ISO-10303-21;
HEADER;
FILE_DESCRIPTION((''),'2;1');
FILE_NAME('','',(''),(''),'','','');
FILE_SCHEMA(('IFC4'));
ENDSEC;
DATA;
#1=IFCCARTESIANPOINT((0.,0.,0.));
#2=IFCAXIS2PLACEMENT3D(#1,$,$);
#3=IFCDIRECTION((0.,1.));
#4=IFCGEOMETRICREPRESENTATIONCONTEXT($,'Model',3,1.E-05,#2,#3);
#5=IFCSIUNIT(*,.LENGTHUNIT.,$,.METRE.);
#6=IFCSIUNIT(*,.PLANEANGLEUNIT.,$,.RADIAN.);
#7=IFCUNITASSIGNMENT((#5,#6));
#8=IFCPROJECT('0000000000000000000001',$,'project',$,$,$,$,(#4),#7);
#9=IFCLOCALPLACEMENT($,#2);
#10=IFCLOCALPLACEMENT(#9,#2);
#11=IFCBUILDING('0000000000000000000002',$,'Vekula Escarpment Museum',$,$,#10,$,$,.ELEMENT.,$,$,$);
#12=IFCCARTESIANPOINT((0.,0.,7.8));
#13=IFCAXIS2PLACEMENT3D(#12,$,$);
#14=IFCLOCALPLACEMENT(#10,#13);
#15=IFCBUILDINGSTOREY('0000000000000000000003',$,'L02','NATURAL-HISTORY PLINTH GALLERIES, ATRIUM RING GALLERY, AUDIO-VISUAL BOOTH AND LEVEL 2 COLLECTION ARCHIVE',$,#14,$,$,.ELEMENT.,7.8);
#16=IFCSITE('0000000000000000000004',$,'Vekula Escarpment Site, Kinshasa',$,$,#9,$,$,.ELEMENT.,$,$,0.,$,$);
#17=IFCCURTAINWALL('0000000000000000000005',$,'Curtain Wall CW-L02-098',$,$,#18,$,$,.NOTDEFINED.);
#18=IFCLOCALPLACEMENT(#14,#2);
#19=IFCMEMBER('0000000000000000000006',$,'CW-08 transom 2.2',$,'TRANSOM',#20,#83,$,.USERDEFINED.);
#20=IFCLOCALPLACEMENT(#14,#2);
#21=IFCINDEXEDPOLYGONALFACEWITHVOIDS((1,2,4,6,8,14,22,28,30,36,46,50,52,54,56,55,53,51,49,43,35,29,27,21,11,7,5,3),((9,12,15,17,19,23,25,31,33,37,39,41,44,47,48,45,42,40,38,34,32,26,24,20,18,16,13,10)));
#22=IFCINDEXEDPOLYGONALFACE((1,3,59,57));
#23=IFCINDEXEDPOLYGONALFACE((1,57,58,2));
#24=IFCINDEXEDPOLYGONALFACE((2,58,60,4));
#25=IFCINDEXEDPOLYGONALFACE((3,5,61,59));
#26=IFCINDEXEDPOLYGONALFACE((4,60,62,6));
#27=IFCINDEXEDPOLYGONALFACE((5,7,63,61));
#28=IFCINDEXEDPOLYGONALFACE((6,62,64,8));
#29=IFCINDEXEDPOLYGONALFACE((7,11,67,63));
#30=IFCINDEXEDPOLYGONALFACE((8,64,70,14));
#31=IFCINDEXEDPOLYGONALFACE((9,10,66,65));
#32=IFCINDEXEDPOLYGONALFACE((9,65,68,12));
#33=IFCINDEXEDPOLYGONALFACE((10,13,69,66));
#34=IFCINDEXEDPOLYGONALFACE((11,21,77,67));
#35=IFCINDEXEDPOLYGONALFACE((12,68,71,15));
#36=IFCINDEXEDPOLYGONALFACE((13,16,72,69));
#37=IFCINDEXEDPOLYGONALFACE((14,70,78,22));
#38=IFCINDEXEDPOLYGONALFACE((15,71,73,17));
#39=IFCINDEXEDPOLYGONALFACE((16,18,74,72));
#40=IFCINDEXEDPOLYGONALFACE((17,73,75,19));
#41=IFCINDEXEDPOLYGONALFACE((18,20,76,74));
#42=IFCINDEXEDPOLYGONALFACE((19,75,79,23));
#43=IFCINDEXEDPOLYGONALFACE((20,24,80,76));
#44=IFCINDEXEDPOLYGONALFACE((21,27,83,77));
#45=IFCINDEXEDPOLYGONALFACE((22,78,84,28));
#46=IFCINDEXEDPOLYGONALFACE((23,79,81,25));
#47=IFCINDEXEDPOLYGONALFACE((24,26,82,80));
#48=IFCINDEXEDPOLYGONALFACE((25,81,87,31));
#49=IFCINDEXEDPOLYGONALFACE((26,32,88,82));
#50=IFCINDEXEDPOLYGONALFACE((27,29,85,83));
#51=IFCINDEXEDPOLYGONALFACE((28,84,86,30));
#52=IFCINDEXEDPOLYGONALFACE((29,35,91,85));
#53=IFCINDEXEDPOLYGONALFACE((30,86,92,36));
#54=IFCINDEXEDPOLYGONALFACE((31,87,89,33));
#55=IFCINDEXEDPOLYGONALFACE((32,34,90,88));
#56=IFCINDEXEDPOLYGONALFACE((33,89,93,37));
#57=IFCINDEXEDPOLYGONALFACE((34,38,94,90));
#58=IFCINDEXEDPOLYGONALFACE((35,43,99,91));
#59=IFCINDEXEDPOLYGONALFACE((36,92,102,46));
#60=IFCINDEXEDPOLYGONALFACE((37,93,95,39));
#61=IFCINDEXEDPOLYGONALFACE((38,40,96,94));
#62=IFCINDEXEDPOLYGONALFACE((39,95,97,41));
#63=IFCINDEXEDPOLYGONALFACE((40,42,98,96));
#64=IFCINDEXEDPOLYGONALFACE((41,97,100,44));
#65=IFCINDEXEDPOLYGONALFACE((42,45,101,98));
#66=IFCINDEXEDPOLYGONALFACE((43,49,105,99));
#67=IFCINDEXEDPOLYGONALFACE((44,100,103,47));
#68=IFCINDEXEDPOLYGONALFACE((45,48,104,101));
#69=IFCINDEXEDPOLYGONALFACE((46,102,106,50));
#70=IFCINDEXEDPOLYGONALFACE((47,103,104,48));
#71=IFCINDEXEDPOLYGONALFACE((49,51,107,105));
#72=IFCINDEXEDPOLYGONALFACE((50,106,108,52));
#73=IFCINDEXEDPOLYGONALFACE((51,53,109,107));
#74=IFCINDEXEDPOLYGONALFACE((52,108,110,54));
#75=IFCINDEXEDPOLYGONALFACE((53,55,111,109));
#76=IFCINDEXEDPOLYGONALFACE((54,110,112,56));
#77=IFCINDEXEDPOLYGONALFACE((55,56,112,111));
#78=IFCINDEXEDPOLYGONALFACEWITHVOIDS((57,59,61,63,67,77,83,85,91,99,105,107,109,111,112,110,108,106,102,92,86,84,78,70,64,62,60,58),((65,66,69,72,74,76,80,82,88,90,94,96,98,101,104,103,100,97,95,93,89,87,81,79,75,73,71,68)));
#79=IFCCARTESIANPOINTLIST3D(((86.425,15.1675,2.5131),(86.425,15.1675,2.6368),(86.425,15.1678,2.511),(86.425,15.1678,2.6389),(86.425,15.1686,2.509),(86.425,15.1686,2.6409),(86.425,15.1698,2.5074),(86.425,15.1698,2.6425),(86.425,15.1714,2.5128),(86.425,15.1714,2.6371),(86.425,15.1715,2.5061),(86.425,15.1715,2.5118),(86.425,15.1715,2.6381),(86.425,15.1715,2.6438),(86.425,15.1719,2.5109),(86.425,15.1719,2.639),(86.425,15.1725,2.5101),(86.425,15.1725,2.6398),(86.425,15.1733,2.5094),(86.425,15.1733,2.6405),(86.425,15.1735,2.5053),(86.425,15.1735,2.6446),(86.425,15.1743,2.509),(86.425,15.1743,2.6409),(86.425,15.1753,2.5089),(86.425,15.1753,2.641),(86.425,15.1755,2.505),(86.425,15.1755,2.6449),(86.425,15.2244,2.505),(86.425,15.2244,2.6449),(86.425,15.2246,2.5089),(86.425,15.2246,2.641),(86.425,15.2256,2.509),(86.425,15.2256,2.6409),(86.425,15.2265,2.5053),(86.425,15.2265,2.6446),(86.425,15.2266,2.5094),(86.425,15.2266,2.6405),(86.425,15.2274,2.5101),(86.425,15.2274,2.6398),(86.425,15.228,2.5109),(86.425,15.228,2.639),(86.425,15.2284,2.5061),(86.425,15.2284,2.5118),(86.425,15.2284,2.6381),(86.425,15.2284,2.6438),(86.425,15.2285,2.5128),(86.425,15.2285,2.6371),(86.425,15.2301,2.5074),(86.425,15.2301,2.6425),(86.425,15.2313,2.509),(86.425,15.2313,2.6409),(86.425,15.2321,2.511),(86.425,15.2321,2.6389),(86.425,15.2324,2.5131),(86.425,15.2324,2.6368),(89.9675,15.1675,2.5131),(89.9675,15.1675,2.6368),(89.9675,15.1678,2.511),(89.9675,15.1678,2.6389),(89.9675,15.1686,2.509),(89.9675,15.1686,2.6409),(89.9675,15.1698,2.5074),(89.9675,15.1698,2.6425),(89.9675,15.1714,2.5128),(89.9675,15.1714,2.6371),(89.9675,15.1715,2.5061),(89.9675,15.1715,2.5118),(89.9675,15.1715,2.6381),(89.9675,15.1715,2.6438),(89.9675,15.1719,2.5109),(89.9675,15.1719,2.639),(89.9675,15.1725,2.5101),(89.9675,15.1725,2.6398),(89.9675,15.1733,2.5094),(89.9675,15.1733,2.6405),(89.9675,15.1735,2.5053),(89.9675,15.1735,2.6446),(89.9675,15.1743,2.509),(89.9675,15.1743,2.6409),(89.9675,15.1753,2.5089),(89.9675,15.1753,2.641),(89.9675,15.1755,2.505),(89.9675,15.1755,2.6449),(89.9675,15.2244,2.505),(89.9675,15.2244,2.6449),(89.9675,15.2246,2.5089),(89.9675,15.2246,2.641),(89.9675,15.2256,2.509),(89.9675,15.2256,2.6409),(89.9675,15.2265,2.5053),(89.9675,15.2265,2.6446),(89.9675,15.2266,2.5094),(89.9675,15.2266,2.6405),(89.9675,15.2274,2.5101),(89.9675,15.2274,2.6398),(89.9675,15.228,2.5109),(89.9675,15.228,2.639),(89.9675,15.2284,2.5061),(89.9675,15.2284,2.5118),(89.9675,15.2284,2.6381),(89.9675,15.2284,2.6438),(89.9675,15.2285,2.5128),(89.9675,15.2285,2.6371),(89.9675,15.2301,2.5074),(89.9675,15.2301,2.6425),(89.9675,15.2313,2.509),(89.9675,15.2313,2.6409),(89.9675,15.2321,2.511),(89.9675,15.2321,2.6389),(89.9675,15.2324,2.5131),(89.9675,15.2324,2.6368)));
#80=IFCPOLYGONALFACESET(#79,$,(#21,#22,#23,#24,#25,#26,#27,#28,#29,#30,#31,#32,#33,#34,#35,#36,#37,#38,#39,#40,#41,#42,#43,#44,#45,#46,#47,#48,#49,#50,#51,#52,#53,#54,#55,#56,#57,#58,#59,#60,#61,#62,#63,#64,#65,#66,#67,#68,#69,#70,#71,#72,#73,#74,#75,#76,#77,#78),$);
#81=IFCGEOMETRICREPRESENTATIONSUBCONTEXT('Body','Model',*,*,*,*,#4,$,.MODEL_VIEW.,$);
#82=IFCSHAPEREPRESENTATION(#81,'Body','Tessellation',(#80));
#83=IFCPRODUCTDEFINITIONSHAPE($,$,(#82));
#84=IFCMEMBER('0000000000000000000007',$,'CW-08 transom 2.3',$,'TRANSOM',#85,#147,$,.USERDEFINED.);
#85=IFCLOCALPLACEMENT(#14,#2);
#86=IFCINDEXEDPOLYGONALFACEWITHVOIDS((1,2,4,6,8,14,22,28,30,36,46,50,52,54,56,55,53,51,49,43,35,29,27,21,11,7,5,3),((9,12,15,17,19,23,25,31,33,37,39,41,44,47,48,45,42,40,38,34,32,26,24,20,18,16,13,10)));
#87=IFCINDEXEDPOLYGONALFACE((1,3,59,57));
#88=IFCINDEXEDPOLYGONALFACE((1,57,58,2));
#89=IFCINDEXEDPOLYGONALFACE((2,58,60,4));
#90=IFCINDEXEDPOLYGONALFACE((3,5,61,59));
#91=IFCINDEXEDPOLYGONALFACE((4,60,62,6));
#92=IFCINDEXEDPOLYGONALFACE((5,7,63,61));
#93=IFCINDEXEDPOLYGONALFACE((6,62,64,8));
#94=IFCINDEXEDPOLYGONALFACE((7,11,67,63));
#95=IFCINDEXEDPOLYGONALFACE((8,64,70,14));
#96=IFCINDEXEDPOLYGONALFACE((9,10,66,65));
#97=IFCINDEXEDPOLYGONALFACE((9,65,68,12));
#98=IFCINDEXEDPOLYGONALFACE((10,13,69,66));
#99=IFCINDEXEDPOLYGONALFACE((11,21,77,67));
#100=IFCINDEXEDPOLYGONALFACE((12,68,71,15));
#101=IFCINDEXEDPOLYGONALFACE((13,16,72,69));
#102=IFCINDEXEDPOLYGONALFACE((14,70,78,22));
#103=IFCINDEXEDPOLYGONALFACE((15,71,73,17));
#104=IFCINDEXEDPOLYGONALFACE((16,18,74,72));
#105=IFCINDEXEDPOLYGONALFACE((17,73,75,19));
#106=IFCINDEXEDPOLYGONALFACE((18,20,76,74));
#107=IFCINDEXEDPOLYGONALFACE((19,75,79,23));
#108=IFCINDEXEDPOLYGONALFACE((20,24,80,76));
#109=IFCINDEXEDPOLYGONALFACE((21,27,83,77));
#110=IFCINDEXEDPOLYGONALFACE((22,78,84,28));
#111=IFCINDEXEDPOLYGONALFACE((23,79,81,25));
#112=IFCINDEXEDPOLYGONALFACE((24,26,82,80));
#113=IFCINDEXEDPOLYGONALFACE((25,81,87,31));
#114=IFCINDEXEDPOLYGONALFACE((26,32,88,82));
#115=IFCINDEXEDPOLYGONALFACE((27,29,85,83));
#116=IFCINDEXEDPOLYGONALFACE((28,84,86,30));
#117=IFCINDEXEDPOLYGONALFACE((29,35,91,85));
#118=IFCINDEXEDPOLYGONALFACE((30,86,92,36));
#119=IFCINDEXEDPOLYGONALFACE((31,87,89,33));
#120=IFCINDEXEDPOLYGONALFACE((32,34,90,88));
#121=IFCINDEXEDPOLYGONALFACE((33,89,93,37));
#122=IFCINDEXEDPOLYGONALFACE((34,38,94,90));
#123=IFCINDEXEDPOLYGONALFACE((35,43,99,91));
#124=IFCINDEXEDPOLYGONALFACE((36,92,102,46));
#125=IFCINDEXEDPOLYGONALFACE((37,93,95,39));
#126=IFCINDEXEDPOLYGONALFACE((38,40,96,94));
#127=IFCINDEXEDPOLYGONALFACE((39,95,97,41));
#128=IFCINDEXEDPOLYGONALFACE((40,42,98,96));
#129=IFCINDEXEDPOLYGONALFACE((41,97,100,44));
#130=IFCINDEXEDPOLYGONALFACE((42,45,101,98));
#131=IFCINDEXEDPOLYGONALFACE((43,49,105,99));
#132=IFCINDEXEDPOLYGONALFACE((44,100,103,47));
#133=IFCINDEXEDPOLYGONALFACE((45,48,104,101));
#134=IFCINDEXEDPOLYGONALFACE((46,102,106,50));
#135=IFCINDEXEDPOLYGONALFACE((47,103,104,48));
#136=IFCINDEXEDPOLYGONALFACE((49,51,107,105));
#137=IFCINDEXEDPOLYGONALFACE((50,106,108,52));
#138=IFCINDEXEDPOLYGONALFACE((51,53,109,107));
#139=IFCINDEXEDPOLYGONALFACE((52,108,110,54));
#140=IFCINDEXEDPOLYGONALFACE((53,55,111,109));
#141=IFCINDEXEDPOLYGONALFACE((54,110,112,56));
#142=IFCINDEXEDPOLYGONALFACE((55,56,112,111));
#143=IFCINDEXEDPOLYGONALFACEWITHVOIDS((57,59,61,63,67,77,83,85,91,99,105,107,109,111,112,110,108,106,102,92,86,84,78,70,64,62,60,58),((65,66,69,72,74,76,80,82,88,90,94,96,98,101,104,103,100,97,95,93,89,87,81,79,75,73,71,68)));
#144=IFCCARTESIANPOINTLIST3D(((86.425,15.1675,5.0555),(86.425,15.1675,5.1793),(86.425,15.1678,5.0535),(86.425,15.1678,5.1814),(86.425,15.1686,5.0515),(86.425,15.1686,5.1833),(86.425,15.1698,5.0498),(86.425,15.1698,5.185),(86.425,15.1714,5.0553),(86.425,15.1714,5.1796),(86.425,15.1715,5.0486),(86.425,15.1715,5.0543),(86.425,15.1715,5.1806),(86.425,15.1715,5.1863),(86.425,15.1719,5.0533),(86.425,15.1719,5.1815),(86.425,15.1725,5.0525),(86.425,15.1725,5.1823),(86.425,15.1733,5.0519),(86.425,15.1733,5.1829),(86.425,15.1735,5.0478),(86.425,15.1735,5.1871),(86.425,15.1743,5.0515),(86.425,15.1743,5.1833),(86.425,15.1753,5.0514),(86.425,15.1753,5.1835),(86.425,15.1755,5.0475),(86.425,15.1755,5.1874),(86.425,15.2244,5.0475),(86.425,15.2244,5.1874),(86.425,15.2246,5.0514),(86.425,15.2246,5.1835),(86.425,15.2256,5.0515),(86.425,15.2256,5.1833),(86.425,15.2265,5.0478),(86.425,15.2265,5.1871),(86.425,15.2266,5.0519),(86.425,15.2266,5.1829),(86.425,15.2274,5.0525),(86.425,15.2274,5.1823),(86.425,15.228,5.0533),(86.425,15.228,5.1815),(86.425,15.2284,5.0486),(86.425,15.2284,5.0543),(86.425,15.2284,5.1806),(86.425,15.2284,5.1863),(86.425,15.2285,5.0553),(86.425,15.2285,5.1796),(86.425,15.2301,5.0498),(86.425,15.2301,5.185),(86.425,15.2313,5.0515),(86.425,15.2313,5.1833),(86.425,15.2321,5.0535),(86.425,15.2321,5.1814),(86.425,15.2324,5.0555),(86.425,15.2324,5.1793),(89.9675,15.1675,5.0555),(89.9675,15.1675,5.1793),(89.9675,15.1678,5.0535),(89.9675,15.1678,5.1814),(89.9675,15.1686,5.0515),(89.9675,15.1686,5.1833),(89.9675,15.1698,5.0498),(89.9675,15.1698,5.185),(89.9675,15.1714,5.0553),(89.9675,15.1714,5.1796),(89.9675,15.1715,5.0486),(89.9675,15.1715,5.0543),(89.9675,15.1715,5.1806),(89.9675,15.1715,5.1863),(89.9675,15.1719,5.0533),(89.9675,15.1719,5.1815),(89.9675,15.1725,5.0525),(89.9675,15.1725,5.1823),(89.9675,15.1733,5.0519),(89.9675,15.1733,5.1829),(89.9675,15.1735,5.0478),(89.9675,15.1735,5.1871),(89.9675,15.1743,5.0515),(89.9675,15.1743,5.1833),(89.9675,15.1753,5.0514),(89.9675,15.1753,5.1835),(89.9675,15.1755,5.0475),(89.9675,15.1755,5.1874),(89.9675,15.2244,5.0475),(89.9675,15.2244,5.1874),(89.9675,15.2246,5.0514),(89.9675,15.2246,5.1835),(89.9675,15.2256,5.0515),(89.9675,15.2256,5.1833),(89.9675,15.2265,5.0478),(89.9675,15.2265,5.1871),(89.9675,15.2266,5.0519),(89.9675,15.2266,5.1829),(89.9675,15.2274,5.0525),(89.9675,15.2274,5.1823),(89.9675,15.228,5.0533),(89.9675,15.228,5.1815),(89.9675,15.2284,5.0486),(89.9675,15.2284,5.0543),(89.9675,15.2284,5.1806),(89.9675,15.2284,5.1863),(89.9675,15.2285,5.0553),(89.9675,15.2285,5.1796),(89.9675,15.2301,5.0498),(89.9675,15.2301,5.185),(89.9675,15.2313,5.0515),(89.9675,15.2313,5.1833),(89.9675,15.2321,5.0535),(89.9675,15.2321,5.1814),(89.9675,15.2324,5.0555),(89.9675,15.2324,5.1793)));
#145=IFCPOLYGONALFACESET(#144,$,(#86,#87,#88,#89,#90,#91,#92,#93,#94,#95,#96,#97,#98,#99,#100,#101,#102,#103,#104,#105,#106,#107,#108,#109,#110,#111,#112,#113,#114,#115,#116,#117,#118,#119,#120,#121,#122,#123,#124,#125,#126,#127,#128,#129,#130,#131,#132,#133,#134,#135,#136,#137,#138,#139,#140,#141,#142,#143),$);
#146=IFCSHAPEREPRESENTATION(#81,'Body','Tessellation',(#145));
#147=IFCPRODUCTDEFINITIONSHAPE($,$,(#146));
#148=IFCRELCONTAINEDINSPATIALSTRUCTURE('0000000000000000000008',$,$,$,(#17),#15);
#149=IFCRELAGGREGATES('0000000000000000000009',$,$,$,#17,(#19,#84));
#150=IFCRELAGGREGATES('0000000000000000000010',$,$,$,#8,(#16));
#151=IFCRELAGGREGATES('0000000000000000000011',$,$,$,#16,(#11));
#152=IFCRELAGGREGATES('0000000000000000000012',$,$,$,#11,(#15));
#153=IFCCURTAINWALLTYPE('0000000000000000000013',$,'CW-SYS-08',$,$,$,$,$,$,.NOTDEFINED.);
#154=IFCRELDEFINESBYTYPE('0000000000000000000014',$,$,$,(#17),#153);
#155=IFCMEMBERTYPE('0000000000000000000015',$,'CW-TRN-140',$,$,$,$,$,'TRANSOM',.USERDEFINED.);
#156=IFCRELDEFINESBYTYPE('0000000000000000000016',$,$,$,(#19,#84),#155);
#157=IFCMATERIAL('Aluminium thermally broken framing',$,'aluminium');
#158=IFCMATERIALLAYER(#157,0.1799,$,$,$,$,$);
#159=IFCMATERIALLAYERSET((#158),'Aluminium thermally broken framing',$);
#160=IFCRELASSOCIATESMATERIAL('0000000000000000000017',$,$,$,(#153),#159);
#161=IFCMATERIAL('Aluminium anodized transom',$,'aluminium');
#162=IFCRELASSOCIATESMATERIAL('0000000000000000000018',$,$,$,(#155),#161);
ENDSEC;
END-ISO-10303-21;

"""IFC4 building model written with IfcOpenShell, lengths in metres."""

from ifc_helpers import new_model, si_unit, direction, frame, origin, origin_2d, place, context, subcontext, project, spatial, hollow_rectangle, extrude, material, layer, layer_set, material_profile, profile_set, type_object, element, aggregate, save


model = new_model("IFC4")

# Units and contexts
model_context = context("Model", 3, precision=1e-05, world=origin(), true_north=direction((0.0, 1.0)))
body_context = subcontext(model_context, "Body", "Model", "MODEL_VIEW")
ifc_project = project(units=[si_unit("LENGTHUNIT", "METRE"), si_unit("PLANEANGLEUNIT", "RADIAN")], contexts=[model_context])

# Site, building, storey
site_placement = place(None, origin())
site = spatial("IfcSite", under=ifc_project, at=site_placement, Name="Vekula Escarpment Site, Kinshasa", CompositionType="ELEMENT", RefElevation=0.0)
building_placement = place(site_placement, origin())
building = spatial("IfcBuilding", under=site, at=building_placement, Name="Vekula Escarpment Museum", CompositionType="ELEMENT")
storey_placement = place(building_placement, frame((0.0, 0.0, 7.8)))
storey = spatial("IfcBuildingStorey", under=building, at=storey_placement, Name="L02", Description="NATURAL-HISTORY PLINTH GALLERIES, ATRIUM RING GALLERY, AUDIO-VISUAL BOOTH AND LEVEL 2 COLLECTION ARCHIVE", CompositionType="ELEMENT", Elevation=7.8)

# Curtain wall
ifc_material_1 = material(Name="Aluminium thermally broken framing", Category="aluminium")
ifc_layer_1 = layer(ifc_material_1, 0.1799)
ifc_layer_set_1 = layer_set([ifc_layer_1], Name="Aluminium thermally broken framing")
curtain_wall_type_1 = type_object("IfcCurtainWallType", Name="CW-SYS-08", PredefinedType="NOTDEFINED", material=ifc_layer_set_1)
curtain_wall_1_placement = place(storey_placement, origin())
curtain_wall_1 = element("IfcCurtainWall", 1, at=curtain_wall_1_placement, inside=storey, type_object=curtain_wall_type_1, Name="Curtain Wall CW-L02-098", PredefinedType="NOTDEFINED")

# Members
ifc_material_2 = material(Name="Aluminium anodized transom", Category="aluminium")
ifc_material_profile_1 = material_profile(ifc_material_2, hollow_rectangle(XDim=0.0649, YDim=0.1399, WallThickness=0.0039, InnerFilletRadius=0.0039, OuterFilletRadius=0.0081, at=origin_2d()), Name="ALU 140x65x4")
ifc_profile_set_1 = profile_set([ifc_material_profile_1], Name="Aluminium anodized transom")
member_type_1 = type_object("IfcMemberType", Name="CW-TRN-140", ElementType="TRANSOM", PredefinedType="USERDEFINED", material=ifc_profile_set_1)
member_1_placement = place(storey_placement, frame((89.9675, 15.2, 2.575), z_axis=(-1.0, 0.0, 0.0), x_axis=(0.0, -1.0, 0.0)))
member_1 = element("IfcMember", 2, at=member_1_placement, type_object=member_type_1, Name="CW-08 transom 2.2", ObjectType="TRANSOM", PredefinedType="USERDEFINED", context=body_context, shape_type="SweptSolid", body=[
    extrude(hollow_rectangle(XDim=0.0649, YDim=0.1399, WallThickness=0.0039, InnerFilletRadius=0.0039, OuterFilletRadius=0.0081, at=origin_2d()), origin(), (0.0, 0.0, 1.0), 3.5425),
])
member_2_placement = place(storey_placement, frame((89.9675, 15.2, 5.1174), z_axis=(-1.0, 0.0, 0.0), x_axis=(0.0, -1.0, 0.0)))
member_2 = element("IfcMember", 3, at=member_2_placement, type_object=member_type_1, Name="CW-08 transom 2.3", ObjectType="TRANSOM", PredefinedType="USERDEFINED", context=body_context, shape_type="SweptSolid", body=[
    extrude(hollow_rectangle(XDim=0.0649, YDim=0.1399, WallThickness=0.0039, InnerFilletRadius=0.0039, OuterFilletRadius=0.0081, at=origin_2d()), origin(), (0.0, 0.0, 1.0), 3.5425),
])

aggregate(curtain_wall_1, [member_1, member_2])

save(model, "model.ifc")
